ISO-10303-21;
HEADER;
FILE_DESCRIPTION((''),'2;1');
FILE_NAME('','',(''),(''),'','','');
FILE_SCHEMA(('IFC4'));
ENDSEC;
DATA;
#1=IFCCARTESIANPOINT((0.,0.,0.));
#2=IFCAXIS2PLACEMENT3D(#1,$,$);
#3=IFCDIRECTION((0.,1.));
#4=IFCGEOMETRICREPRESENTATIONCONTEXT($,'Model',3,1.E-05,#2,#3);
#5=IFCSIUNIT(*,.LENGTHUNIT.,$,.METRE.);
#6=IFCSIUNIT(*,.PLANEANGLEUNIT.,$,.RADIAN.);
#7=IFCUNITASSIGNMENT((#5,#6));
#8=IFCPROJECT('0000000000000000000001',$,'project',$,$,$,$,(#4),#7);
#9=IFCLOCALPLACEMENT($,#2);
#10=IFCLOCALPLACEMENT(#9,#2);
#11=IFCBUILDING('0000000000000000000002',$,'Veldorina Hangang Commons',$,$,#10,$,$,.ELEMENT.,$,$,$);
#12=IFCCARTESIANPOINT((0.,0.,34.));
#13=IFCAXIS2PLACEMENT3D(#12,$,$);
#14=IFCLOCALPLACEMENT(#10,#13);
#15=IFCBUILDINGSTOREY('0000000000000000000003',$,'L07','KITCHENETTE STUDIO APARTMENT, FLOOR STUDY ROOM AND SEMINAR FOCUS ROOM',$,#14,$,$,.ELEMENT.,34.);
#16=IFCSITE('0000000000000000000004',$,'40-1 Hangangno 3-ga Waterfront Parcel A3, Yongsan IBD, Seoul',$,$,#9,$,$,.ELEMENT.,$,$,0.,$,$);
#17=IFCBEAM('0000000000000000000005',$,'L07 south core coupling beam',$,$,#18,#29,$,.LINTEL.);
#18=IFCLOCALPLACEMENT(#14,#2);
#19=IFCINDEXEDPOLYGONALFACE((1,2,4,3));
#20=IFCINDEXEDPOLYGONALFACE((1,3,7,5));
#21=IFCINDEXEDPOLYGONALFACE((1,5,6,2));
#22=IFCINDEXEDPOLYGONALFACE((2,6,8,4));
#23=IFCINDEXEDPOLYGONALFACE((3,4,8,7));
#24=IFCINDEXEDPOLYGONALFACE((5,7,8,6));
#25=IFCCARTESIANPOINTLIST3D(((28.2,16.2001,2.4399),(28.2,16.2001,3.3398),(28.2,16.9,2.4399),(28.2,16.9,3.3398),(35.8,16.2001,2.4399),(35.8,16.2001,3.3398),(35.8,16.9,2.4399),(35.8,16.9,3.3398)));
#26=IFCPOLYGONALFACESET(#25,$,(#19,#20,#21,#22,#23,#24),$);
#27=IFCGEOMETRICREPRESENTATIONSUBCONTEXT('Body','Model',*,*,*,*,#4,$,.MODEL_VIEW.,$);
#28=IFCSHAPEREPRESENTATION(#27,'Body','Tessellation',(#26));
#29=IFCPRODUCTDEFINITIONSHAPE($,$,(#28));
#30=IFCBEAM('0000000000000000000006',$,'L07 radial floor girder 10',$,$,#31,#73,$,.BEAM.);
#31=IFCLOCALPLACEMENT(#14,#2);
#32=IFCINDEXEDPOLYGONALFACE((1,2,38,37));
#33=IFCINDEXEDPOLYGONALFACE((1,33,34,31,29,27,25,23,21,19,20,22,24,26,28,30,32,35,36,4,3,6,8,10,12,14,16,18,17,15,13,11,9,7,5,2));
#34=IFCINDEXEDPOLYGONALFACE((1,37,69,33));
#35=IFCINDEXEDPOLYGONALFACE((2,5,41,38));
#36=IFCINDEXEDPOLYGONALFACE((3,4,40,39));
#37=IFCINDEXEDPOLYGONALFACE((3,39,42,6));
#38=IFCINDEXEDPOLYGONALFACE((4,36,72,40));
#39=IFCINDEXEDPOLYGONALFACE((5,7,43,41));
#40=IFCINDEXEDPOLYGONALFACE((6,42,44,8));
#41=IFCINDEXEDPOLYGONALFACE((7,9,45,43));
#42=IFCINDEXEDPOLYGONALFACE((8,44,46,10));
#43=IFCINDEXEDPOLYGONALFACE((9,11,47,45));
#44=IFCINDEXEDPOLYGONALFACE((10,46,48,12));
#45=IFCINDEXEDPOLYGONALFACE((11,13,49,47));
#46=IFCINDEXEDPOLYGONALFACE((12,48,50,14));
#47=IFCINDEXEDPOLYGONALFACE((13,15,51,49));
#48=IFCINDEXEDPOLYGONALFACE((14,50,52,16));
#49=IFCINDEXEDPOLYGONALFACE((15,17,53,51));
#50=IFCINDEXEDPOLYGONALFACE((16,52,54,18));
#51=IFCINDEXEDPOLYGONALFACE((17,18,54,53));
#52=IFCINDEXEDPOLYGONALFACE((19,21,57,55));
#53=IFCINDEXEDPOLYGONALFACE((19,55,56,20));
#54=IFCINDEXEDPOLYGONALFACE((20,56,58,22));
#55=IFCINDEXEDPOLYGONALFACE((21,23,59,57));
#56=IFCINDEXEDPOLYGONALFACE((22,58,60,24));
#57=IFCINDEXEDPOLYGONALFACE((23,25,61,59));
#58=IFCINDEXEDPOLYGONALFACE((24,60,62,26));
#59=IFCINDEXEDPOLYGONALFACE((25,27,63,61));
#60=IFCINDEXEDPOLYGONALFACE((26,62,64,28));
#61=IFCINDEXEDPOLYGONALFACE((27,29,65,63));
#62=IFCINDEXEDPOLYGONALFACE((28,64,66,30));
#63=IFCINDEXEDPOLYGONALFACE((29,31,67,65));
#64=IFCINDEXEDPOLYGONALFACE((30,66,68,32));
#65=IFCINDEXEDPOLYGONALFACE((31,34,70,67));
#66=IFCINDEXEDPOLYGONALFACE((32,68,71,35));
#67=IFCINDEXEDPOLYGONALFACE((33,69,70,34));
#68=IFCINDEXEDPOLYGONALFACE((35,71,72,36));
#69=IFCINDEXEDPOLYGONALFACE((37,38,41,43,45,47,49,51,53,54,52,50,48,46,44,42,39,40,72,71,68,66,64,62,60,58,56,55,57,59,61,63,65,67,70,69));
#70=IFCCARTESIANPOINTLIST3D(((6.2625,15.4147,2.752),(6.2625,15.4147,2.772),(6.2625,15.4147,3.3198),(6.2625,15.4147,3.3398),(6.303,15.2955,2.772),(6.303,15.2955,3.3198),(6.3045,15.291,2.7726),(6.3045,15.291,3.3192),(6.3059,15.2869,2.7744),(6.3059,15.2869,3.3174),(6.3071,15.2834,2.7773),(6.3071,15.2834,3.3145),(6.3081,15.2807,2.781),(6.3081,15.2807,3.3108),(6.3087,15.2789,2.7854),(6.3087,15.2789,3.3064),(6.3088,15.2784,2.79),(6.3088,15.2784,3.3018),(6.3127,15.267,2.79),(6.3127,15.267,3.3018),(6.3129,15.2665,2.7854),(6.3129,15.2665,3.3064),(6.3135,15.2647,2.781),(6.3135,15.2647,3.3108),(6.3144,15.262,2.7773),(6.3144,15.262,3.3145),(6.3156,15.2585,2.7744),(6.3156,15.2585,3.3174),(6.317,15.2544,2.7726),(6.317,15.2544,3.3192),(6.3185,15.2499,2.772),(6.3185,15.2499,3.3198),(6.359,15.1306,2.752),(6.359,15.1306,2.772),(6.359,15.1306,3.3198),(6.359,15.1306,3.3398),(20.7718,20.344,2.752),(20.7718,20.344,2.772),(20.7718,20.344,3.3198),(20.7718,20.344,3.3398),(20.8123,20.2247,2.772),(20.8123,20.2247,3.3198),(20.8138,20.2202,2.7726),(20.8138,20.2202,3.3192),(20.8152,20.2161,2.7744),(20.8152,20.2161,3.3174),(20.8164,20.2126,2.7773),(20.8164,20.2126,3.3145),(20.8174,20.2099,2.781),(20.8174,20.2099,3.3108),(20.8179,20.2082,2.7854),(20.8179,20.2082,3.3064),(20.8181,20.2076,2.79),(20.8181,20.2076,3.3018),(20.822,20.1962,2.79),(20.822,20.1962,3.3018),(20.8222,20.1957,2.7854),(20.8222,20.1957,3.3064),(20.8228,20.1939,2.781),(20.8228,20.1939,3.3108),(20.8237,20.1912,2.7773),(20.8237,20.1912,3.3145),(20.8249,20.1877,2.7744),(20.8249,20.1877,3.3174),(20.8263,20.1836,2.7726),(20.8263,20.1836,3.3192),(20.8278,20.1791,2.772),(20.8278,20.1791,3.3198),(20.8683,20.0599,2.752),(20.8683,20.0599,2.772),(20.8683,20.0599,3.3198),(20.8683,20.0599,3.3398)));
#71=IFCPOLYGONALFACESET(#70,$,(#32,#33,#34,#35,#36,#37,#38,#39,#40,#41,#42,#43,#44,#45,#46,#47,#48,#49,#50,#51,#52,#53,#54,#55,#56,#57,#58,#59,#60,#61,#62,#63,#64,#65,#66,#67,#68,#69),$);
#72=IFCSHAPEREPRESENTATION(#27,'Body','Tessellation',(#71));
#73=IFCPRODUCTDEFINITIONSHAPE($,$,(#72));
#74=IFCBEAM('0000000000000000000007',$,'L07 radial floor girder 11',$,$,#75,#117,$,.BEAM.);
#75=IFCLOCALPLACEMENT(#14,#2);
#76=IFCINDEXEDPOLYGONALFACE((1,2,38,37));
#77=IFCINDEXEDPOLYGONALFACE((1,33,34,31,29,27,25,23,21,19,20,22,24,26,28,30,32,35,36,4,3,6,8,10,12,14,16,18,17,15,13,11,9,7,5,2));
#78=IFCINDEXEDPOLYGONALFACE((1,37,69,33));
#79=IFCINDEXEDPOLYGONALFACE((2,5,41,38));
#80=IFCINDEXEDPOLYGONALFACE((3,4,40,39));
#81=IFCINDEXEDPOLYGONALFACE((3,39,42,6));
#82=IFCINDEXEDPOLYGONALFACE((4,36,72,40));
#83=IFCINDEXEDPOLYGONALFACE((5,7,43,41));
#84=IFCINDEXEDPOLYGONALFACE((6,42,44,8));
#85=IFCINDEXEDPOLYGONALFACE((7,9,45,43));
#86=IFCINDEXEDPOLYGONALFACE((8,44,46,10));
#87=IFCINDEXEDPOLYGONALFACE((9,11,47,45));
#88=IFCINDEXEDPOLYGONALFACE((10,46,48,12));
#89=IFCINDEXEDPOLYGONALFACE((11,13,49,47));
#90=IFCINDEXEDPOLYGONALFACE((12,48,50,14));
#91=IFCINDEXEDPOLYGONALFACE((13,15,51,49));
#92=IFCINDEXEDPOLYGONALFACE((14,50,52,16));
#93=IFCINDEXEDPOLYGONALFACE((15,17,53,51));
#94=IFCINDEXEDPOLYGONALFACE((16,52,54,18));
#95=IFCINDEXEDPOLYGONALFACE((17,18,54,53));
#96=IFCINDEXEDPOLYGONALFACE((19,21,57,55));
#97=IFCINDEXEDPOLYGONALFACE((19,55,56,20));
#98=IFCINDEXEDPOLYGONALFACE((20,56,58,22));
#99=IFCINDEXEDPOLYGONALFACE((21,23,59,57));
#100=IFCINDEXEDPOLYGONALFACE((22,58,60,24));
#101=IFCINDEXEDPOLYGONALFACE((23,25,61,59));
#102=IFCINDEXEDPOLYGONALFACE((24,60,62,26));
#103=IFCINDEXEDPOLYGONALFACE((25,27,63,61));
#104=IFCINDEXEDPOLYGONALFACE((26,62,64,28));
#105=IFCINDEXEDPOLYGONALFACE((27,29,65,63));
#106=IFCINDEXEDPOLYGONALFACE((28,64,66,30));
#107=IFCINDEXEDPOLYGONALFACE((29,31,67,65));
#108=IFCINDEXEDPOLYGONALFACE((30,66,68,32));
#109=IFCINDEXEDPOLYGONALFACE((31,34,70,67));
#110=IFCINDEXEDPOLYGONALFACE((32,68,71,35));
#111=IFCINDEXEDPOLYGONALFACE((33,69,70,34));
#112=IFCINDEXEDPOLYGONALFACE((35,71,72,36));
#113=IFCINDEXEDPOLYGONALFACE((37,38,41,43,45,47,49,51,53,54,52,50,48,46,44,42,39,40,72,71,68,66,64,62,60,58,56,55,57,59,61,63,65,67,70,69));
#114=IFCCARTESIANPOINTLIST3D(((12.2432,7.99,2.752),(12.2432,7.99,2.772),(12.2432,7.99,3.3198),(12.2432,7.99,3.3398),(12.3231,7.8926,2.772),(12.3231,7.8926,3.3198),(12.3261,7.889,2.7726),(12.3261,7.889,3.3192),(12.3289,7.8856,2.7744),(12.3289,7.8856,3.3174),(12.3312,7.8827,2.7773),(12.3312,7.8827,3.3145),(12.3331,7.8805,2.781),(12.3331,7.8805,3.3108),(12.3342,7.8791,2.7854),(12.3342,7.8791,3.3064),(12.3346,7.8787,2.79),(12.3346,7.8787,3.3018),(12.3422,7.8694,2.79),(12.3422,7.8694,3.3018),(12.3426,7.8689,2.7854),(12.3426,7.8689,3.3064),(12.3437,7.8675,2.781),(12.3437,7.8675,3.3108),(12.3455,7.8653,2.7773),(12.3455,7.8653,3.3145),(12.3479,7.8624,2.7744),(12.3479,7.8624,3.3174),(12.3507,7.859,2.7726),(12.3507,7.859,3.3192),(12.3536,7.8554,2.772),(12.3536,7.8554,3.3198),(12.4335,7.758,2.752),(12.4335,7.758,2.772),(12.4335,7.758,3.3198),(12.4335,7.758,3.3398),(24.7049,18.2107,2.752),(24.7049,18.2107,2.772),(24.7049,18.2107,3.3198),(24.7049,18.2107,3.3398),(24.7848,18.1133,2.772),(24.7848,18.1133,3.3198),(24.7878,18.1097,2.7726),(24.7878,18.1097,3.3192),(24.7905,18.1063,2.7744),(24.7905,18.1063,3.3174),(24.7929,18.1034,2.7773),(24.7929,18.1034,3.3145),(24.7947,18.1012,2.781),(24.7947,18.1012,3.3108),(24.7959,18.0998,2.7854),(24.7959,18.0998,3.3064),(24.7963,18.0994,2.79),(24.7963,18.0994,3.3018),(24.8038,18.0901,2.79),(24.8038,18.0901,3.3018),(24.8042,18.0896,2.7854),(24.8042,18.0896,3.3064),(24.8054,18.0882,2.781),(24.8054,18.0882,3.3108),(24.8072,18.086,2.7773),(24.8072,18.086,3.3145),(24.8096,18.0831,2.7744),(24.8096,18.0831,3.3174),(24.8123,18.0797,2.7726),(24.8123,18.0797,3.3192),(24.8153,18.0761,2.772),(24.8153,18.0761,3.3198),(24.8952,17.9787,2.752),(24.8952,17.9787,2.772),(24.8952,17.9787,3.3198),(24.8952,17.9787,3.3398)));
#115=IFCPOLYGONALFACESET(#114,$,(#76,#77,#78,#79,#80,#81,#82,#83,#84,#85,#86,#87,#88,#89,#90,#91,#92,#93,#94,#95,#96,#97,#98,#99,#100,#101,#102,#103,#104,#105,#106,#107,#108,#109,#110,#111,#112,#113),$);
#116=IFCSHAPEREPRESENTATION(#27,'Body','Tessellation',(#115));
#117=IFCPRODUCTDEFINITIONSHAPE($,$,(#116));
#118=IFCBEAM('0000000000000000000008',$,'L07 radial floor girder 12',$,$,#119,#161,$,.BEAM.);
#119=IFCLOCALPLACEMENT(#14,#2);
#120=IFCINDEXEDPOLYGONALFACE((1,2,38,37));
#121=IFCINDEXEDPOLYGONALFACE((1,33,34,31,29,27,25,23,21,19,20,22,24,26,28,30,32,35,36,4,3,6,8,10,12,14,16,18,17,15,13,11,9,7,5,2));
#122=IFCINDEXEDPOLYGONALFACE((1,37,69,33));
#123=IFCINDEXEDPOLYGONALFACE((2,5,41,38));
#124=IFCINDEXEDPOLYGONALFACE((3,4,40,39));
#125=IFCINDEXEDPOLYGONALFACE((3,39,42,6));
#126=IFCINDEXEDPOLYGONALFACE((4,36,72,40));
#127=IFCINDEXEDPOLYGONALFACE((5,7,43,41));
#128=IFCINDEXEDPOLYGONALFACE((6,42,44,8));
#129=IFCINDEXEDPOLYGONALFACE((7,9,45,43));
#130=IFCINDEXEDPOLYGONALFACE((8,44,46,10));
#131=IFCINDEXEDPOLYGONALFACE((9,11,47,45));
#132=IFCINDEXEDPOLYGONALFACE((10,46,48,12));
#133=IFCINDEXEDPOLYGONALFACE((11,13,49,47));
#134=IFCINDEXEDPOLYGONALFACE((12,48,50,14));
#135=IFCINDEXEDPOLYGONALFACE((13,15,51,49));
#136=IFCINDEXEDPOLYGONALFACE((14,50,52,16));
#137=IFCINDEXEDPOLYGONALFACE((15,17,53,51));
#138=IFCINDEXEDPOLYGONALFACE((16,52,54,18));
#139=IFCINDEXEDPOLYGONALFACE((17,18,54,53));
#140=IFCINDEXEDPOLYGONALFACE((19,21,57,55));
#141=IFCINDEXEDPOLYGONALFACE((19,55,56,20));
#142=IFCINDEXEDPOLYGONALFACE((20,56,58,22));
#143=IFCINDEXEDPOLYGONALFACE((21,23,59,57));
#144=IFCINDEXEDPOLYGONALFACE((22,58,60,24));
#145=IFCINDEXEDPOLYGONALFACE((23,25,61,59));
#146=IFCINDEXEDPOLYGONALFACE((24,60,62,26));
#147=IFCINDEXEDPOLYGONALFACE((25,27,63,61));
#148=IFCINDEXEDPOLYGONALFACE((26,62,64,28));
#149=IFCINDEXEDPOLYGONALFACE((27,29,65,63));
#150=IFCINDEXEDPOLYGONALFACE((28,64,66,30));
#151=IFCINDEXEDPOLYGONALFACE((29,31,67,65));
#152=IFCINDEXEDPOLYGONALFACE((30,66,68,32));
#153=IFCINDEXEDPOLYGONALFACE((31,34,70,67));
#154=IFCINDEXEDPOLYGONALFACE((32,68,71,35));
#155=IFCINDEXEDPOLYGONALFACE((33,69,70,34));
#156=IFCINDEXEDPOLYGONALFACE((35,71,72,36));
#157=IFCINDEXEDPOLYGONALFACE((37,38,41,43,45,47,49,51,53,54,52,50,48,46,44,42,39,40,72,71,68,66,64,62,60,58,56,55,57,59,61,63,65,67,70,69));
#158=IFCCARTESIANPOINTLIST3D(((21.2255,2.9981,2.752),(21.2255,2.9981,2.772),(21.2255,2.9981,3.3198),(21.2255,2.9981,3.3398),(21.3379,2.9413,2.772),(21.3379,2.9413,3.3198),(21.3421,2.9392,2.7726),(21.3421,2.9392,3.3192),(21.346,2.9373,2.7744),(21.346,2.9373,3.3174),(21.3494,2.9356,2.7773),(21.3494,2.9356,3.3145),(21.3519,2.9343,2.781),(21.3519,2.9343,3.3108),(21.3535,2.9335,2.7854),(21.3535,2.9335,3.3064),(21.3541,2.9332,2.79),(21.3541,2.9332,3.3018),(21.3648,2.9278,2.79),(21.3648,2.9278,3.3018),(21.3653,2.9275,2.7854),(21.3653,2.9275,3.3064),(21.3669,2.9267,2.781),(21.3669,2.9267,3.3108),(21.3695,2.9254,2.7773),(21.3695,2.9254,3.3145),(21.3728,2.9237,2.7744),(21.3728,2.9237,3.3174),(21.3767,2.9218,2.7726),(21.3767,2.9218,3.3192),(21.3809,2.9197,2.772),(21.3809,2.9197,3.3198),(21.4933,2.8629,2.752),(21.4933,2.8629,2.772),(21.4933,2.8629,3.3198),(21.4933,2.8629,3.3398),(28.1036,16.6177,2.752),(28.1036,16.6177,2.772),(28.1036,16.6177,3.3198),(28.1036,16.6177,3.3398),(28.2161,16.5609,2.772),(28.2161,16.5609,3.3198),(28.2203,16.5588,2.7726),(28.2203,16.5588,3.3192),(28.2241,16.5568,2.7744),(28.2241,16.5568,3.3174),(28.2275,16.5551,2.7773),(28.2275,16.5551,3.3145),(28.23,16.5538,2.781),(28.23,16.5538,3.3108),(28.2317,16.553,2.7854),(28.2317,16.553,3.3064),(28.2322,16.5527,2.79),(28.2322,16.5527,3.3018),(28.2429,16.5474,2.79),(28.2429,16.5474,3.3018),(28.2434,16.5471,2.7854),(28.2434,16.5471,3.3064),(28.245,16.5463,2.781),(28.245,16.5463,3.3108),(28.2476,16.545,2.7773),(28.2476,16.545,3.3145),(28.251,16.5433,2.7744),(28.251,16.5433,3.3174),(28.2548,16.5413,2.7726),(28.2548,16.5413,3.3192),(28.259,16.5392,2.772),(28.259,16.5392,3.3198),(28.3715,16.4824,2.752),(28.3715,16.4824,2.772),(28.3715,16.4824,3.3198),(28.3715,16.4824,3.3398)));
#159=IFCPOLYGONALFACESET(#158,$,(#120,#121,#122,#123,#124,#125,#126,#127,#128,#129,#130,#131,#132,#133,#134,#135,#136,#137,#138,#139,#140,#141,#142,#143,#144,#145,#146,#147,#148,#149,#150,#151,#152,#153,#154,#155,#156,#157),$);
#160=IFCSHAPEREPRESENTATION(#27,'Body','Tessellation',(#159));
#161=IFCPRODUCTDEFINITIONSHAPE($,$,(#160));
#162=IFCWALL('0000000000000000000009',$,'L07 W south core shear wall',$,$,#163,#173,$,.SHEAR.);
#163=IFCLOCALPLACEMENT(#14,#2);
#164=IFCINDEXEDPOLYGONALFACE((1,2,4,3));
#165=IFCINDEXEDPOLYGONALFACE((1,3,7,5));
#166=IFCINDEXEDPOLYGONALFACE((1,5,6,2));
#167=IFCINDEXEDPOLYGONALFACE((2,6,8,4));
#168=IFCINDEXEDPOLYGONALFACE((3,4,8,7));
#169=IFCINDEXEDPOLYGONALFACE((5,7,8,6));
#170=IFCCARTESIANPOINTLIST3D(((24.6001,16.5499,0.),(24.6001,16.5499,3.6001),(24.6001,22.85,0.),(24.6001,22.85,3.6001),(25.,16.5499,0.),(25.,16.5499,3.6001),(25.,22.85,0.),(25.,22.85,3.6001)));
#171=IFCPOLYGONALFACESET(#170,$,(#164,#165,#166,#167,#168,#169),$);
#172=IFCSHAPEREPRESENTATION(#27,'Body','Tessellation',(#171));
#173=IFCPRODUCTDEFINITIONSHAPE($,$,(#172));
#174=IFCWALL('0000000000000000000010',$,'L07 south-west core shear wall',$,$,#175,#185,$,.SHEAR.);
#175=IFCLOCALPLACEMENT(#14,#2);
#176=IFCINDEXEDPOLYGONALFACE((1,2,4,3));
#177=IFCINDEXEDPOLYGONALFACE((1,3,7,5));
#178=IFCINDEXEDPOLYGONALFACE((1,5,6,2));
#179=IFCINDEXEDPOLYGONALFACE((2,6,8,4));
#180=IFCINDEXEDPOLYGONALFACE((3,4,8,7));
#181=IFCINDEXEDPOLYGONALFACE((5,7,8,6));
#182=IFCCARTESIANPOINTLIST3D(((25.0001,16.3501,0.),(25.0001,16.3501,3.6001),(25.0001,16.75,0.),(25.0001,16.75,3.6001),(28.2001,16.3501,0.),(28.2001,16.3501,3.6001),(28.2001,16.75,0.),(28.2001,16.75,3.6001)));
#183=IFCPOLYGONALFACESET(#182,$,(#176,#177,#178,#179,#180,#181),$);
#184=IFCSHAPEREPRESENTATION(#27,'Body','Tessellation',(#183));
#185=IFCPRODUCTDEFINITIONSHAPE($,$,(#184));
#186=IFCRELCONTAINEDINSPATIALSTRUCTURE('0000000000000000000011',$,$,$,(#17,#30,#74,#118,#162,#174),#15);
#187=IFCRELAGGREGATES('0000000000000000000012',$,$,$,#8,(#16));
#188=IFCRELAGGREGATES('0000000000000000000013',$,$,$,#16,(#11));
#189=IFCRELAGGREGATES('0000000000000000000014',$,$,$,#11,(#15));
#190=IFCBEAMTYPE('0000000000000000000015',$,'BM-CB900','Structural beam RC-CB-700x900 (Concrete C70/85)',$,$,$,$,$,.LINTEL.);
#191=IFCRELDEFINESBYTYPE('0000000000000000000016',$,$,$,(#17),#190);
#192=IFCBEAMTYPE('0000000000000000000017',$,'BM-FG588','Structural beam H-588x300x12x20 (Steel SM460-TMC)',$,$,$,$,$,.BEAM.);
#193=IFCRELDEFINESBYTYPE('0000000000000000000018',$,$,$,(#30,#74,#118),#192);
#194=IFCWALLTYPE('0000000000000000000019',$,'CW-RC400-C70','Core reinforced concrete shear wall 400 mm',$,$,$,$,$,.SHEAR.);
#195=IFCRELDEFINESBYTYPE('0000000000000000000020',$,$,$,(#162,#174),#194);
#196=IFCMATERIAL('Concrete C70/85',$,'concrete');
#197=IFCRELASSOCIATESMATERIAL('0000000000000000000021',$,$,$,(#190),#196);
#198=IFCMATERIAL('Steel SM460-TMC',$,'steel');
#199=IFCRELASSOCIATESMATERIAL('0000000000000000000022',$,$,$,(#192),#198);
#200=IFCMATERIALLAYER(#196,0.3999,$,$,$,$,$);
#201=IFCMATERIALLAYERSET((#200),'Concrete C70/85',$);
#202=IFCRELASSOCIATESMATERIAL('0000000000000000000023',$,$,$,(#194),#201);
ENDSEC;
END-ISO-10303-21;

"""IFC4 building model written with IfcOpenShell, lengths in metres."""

from ifc_helpers import new_model, si_unit, direction, frame, frame_2d, origin, origin_2d, place, context, subcontext, project, spatial, rectangle, i_section, extrude, material, layer, layer_set, material_profile, profile_set, type_object, element, save


model = new_model("IFC4")

# Units and contexts
model_context = context("Model", 3, precision=1e-05, world=origin(), true_north=direction((0.0, 1.0)))
body_context = subcontext(model_context, "Body", "Model", "MODEL_VIEW")
ifc_project = project(units=[si_unit("LENGTHUNIT", "METRE"), si_unit("PLANEANGLEUNIT", "RADIAN")], contexts=[model_context])

# Site, building, storey
site_placement = place(None, origin())
site = spatial("IfcSite", under=ifc_project, at=site_placement, Name="40-1 Hangangno 3-ga Waterfront Parcel A3, Yongsan IBD, Seoul", CompositionType="ELEMENT", RefElevation=0.0)
building_placement = place(site_placement, origin())
building = spatial("IfcBuilding", under=site, at=building_placement, Name="Veldorina Hangang Commons", CompositionType="ELEMENT")
storey_placement = place(building_placement, frame((0.0, 0.0, 34.0)))
storey = spatial("IfcBuildingStorey", under=building, at=storey_placement, Name="L07", Description="KITCHENETTE STUDIO APARTMENT, FLOOR STUDY ROOM AND SEMINAR FOCUS ROOM", CompositionType="ELEMENT", Elevation=34.0)

# Beams
ifc_material_1 = material(Name="Concrete C70/85", Category="concrete")
ifc_material_profile_1 = material_profile(ifc_material_1, rectangle(XDim=0.7, YDim=0.8999, at=origin_2d()), Name="RC-CB-700x900")
ifc_profile_set_1 = profile_set([ifc_material_profile_1], Name="Concrete C70/85")
beam_type_1 = type_object("IfcBeamType", Name="BM-CB900", Description="Structural beam RC-CB-700x900 (Concrete C70/85)", PredefinedType="LINTEL", material=ifc_profile_set_1)
beam_1_placement = place(storey_placement, frame((28.2, 16.55, 2.8899), z_axis=(1.0, 0.0, 0.0), x_axis=(0.0, 1.0, 0.0)))
element("IfcBeam", 1, at=beam_1_placement, inside=storey, type_object=beam_type_1, Name="L07 south core coupling beam", PredefinedType="LINTEL", context=body_context, shape_type="SweptSolid", body=[
    extrude(rectangle(XDim=0.7, YDim=0.8999, at=origin_2d()), origin(), (0.0, 0.0, 1.0), 7.6001),
])
ifc_material_2 = material(Name="Steel SM460-TMC", Category="steel")
ifc_material_profile_2 = material_profile(ifc_material_2, i_section(OverallWidth=0.3, OverallDepth=0.5879, WebThickness=0.012, FlangeThickness=0.02, FilletRadius=0.0181, at=origin_2d()), Name="H-588x300x12x20")
ifc_profile_set_2 = profile_set([ifc_material_profile_2], Name="Steel SM460-TMC")
beam_type_2 = type_object("IfcBeamType", Name="BM-FG588", Description="Structural beam H-588x300x12x20 (Steel SM460-TMC)", PredefinedType="BEAM", material=ifc_profile_set_2)
beam_2_placement = place(storey_placement, frame((20.8201, 20.2019, 3.0459), z_axis=(-0.946851, -0.321671, 0.0), x_axis=(0.321671, -0.946851, 0.0)))
element("IfcBeam", 2, at=beam_2_placement, inside=storey, type_object=beam_type_2, Name="L07 radial floor girder 10", PredefinedType="BEAM", context=body_context, shape_type="SweptSolid", body=[
    extrude(i_section(OverallWidth=0.3, OverallDepth=0.5879, WebThickness=0.012, FlangeThickness=0.02, FilletRadius=0.0181, at=origin_2d()), origin(), (0.0, 0.0, 1.0), 15.3237),
])
beam_3_placement = place(storey_placement, frame((24.8, 18.0947, 3.0459), z_axis=(-0.773203, -0.634159, 0.0), x_axis=(0.634159, -0.773203, 0.0)))
element("IfcBeam", 3, at=beam_3_placement, inside=storey, type_object=beam_type_2, Name="L07 radial floor girder 11", PredefinedType="BEAM", context=body_context, shape_type="SweptSolid", body=[
    extrude(i_section(OverallWidth=0.3, OverallDepth=0.5879, WebThickness=0.012, FlangeThickness=0.02, FilletRadius=0.0181, at=origin_2d()), origin(), (0.0, 0.0, 1.0), 16.1169),
])
beam_4_placement = place(storey_placement, frame((28.2375, 16.55, 3.0459), z_axis=(-0.450794, -0.892628, 0.0), x_axis=(0.892628, -0.450794, 0.0)))
element("IfcBeam", 4, at=beam_4_placement, inside=storey, type_object=beam_type_2, Name="L07 radial floor girder 12", PredefinedType="BEAM", context=body_context, shape_type="SweptSolid", body=[
    extrude(i_section(OverallWidth=0.3, OverallDepth=0.5879, WebThickness=0.012, FlangeThickness=0.02, FilletRadius=0.0181, at=origin_2d()), origin(), (0.0, 0.0, 1.0), 15.2578),
])

# Walls
ifc_layer_1 = layer(ifc_material_1, 0.3999)
ifc_layer_set_1 = layer_set([ifc_layer_1], Name="Concrete C70/85")
wall_type_1 = type_object("IfcWallType", Name="CW-RC400-C70", Description="Core reinforced concrete shear wall 400 mm", PredefinedType="SHEAR", material=ifc_layer_set_1)
wall_1_placement = place(storey_placement, frame((24.8, 16.55, 0.0), z_axis=(0.0, 0.0, 1.0), x_axis=(0.0, 1.0, 0.0)))
element("IfcWall", 5, at=wall_1_placement, inside=storey, type_object=wall_type_1, Name="L07 W south core shear wall", PredefinedType="SHEAR", context=body_context, shape_type="SweptSolid", body=[
    extrude(rectangle(XDim=6.3, YDim=0.3999, at=frame_2d((3.1499, 0.0))), origin(), (0.0, 0.0, 1.0), 3.6001),
])
wall_2_placement = place(storey_placement, frame((25.0, 16.55, 0.0), z_axis=(0.0, 0.0, 1.0), x_axis=(1.0, 0.0, 0.0)))
element("IfcWall", 6, at=wall_2_placement, inside=storey, type_object=wall_type_1, Name="L07 south-west core shear wall", PredefinedType="SHEAR", context=body_context, shape_type="SweptSolid", body=[
    extrude(rectangle(XDim=3.2, YDim=0.3999, at=frame_2d((1.6001, 0.0))), origin(), (0.0, 0.0, 1.0), 3.6001),
])

save(model, "model.ifc")
